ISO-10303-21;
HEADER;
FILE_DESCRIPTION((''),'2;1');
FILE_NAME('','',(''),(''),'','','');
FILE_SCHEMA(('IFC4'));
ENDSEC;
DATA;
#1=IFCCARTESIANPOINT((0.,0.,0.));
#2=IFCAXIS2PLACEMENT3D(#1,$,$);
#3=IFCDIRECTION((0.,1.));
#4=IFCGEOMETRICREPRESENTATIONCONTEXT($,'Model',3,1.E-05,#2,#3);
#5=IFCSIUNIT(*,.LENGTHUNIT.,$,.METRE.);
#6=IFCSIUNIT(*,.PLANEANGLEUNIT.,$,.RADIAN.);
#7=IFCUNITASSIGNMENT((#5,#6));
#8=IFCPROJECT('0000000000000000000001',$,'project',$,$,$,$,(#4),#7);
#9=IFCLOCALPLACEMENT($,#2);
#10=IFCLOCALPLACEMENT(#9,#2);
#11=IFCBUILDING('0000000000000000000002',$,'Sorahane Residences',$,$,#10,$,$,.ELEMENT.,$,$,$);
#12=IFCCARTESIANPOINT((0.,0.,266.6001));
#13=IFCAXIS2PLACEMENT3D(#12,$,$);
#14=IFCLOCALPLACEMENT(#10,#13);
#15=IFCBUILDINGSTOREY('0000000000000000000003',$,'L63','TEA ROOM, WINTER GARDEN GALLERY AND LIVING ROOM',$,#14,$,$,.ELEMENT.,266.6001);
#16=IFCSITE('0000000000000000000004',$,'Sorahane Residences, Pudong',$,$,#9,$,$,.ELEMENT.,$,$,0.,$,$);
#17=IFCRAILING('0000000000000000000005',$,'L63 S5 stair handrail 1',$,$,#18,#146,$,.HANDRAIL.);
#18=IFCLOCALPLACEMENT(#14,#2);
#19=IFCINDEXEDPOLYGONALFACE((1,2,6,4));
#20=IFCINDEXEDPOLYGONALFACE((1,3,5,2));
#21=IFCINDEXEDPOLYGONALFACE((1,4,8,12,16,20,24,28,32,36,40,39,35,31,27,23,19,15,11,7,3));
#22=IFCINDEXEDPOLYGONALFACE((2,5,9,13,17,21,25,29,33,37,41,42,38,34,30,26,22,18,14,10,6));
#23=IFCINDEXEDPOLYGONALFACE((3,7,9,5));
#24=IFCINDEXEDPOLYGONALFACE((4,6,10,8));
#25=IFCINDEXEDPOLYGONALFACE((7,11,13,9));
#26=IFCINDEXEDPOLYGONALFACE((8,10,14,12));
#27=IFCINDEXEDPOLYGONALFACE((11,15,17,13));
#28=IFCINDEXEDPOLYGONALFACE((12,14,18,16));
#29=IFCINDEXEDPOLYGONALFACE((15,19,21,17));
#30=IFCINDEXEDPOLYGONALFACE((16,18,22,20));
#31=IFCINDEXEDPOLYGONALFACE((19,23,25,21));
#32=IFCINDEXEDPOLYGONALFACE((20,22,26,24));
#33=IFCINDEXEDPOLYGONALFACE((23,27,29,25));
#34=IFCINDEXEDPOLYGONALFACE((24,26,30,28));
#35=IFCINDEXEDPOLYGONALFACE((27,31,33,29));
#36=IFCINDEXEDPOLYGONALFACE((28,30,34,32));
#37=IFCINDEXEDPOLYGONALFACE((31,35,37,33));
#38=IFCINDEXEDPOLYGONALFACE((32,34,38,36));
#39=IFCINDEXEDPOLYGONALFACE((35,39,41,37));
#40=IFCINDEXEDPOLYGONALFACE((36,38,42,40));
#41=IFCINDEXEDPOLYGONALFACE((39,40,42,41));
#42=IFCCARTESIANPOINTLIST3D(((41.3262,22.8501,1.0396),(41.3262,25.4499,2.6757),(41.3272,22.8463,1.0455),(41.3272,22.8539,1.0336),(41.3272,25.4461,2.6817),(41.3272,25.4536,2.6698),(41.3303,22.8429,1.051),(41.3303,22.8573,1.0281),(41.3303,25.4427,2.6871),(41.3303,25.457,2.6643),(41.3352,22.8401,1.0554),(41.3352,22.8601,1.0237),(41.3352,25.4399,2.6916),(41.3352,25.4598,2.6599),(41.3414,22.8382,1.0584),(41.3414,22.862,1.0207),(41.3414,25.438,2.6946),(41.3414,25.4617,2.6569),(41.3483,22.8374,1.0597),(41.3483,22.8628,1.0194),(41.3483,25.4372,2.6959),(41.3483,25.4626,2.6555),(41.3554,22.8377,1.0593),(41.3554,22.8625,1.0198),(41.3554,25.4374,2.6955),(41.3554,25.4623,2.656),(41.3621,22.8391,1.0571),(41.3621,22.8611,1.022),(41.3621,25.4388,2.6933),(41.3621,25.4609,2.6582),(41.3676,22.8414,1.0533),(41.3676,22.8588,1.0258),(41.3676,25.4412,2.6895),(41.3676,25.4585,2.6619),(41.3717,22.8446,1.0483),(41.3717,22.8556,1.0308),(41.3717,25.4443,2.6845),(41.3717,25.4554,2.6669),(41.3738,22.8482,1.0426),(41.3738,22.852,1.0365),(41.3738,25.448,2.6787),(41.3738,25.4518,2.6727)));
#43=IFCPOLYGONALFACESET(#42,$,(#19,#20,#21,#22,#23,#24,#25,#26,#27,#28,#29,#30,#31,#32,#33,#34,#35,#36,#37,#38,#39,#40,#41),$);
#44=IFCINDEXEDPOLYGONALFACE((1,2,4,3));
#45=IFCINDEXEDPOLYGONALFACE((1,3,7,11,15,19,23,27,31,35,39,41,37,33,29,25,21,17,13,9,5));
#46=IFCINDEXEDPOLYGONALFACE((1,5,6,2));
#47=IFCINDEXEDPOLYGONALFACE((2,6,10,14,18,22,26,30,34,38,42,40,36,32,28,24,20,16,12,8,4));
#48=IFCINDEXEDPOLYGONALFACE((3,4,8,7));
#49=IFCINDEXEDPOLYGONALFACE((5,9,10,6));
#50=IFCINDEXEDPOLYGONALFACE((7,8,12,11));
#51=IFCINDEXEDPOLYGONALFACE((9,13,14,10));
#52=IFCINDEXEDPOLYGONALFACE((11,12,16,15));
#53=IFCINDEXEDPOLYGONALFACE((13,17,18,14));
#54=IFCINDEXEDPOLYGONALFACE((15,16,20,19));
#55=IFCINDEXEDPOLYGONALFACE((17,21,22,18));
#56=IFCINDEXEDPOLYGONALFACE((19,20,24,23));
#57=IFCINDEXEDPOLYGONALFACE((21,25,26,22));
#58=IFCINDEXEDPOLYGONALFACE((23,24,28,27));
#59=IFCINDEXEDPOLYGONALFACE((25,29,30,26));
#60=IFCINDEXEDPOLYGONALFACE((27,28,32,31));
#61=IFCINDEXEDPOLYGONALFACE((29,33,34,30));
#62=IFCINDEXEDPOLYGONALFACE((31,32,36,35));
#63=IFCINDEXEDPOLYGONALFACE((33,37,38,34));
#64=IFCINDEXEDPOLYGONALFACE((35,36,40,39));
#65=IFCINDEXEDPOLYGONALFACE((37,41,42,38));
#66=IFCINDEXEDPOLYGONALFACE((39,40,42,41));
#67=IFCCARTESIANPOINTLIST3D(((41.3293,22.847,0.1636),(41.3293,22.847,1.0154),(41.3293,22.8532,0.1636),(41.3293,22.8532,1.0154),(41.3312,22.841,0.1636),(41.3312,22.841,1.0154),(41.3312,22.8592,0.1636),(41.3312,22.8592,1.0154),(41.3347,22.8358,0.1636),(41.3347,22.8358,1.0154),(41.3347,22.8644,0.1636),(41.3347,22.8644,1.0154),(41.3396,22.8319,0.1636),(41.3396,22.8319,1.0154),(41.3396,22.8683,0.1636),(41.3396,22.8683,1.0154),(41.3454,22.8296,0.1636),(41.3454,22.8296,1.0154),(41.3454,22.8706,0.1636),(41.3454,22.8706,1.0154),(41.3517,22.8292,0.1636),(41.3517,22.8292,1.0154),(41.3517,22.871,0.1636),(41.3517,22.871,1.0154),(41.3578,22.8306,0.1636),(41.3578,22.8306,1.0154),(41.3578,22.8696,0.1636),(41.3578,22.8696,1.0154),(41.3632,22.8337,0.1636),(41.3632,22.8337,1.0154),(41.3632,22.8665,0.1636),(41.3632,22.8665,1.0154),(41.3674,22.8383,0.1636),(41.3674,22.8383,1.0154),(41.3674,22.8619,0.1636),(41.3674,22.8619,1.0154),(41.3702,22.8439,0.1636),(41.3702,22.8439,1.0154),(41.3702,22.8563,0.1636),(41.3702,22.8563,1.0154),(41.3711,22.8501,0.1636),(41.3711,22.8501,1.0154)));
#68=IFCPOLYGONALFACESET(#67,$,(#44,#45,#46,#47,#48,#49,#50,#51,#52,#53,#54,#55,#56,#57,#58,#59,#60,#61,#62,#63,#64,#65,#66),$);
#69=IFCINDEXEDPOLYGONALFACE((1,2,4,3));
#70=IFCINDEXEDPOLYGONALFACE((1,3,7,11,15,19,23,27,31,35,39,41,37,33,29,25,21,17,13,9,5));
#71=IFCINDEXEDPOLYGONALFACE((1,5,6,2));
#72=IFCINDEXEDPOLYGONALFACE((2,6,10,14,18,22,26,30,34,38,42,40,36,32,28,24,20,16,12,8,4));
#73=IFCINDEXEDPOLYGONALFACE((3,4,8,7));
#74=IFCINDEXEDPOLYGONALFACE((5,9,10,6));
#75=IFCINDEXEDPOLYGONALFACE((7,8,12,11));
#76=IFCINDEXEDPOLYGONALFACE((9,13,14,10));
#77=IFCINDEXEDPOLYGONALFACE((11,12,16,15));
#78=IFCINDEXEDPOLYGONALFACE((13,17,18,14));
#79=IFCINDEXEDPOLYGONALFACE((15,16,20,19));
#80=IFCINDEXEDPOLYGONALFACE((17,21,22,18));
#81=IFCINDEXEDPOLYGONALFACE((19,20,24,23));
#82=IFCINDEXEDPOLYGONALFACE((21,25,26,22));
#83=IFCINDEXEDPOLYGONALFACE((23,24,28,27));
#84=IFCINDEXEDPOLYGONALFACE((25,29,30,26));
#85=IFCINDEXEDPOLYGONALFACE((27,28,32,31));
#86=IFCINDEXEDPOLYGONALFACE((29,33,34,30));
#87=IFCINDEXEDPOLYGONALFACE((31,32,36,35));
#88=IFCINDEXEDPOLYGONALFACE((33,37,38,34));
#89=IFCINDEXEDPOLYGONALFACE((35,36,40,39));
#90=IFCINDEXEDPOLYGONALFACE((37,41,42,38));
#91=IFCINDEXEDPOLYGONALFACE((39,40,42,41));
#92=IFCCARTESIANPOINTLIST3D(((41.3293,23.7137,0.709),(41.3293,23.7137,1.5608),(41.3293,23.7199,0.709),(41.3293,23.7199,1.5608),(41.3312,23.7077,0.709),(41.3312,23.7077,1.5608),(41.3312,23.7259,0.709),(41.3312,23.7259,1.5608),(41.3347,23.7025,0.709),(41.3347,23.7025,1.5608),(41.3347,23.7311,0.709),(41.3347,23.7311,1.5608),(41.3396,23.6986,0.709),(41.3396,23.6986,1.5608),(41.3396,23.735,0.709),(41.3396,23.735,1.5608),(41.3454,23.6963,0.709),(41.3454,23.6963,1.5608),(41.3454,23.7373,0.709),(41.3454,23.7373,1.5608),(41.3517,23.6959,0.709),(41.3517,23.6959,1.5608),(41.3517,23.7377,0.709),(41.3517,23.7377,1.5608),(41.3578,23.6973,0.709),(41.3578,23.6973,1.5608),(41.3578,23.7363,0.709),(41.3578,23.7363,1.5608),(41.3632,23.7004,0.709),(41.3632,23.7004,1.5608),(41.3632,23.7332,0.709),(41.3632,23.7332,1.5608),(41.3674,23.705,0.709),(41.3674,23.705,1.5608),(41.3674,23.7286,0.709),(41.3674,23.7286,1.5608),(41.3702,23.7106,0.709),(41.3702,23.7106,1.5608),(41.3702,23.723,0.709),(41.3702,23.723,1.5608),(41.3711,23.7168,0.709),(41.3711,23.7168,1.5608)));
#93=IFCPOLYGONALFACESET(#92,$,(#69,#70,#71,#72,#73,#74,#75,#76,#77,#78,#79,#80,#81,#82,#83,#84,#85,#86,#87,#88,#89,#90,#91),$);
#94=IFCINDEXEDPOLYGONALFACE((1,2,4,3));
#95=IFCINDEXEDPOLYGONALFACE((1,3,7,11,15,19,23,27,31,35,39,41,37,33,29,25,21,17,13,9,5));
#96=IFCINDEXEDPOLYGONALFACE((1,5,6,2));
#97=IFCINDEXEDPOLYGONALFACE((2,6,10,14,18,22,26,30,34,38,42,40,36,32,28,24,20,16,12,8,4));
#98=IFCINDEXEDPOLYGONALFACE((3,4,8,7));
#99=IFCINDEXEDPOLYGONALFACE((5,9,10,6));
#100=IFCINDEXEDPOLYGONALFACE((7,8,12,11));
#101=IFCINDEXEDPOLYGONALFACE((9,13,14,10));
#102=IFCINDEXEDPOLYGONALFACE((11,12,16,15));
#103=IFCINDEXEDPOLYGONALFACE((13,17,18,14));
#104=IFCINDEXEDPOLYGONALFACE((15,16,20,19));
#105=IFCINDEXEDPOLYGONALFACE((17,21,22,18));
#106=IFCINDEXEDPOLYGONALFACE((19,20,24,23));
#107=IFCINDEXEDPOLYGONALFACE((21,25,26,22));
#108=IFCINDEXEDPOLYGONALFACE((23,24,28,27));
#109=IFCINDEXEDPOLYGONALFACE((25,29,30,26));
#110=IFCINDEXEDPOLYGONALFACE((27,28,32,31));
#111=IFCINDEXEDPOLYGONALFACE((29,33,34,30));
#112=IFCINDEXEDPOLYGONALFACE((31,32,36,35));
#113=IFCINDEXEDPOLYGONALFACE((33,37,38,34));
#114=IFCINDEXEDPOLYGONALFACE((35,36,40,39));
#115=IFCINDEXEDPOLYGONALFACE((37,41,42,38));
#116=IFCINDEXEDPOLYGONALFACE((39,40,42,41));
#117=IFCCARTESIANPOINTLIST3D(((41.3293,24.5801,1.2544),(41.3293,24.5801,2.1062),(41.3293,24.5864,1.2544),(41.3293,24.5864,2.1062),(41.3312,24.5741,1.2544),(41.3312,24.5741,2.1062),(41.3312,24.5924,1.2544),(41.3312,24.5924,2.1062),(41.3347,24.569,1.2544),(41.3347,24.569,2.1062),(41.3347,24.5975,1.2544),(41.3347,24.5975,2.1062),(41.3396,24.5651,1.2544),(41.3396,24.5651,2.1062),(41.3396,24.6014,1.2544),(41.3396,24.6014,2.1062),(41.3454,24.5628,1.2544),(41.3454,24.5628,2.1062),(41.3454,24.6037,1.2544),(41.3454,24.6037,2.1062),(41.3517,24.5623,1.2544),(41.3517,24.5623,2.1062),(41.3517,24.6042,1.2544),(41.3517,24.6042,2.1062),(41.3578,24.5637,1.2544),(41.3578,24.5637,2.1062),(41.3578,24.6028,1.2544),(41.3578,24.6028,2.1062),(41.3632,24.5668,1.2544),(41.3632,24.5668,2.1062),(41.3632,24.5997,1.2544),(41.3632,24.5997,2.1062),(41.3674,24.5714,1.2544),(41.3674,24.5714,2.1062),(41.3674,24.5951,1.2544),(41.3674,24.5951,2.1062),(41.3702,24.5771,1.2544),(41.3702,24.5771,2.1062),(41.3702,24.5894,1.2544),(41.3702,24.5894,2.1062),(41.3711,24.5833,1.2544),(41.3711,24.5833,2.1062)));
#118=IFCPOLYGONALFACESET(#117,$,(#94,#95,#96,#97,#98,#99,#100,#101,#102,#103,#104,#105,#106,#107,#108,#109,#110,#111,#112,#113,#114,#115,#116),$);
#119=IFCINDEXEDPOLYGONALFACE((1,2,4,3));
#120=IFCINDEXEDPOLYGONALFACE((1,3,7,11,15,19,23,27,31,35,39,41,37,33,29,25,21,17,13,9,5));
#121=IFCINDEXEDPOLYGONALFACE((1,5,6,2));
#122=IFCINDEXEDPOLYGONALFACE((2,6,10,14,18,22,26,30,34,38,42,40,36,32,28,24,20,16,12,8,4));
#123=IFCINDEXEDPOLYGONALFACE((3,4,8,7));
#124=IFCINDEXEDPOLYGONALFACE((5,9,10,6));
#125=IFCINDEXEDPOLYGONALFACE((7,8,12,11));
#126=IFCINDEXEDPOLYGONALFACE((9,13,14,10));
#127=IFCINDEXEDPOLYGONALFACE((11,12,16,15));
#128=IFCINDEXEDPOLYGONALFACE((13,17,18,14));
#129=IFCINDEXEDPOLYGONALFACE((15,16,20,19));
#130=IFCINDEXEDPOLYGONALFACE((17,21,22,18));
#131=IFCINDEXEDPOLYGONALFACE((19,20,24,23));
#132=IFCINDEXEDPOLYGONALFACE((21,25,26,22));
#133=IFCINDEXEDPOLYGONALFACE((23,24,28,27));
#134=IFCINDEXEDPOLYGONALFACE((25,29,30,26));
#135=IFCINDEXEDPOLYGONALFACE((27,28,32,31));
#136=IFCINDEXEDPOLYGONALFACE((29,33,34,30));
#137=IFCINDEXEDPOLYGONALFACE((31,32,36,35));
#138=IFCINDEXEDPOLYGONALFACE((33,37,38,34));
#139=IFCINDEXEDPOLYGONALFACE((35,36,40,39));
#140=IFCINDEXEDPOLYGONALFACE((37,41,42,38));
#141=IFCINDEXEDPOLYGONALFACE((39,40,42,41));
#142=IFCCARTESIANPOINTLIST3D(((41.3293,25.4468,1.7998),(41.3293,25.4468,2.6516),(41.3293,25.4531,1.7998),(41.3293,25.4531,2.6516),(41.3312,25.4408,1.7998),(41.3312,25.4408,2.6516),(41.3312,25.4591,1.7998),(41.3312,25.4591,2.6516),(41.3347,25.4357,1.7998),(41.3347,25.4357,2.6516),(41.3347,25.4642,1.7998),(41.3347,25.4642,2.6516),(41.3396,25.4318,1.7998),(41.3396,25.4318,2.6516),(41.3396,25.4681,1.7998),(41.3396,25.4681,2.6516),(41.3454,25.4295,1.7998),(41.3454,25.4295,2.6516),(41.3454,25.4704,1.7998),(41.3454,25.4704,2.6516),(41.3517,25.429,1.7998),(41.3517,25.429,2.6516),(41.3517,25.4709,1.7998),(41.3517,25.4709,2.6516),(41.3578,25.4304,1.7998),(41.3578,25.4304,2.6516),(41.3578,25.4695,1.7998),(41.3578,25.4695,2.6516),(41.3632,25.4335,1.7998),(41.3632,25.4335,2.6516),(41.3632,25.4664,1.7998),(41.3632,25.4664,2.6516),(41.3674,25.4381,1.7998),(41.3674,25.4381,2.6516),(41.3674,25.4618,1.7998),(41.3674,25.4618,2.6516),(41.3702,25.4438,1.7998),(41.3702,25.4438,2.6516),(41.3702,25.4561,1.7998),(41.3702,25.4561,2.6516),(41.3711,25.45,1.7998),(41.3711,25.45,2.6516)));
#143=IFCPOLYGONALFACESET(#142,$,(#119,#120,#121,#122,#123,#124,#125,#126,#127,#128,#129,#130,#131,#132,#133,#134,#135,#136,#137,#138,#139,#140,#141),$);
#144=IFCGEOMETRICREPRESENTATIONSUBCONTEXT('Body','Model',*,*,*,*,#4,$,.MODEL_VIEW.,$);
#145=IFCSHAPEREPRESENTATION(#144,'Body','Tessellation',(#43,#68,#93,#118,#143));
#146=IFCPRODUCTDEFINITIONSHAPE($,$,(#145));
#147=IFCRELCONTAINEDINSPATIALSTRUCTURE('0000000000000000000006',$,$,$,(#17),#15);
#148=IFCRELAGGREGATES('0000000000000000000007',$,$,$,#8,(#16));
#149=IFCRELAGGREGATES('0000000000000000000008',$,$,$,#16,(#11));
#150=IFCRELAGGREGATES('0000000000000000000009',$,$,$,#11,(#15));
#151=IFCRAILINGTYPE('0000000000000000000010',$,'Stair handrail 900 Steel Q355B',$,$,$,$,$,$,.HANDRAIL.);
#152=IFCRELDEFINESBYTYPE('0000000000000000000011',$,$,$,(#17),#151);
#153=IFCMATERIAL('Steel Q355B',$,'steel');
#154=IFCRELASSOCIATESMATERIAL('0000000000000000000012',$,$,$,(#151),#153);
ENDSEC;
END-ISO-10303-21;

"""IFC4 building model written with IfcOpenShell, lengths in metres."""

from ifc_helpers import new_model, si_unit, direction, frame, origin, origin_2d, place, context, subcontext, project, spatial, circle, extrude, material, type_object, element, save


model = new_model("IFC4")

# Units and contexts
model_context = context("Model", 3, precision=1e-05, world=origin(), true_north=direction((0.0, 1.0)))
body_context = subcontext(model_context, "Body", "Model", "MODEL_VIEW")
ifc_project = project(units=[si_unit("LENGTHUNIT", "METRE"), si_unit("PLANEANGLEUNIT", "RADIAN")], contexts=[model_context])

# Site, building, storey
site_placement = place(None, origin())
site = spatial("IfcSite", under=ifc_project, at=site_placement, Name="Sorahane Residences, Pudong", CompositionType="ELEMENT", RefElevation=0.0)
building_placement = place(site_placement, origin())
building = spatial("IfcBuilding", under=site, at=building_placement, Name="Sorahane Residences", CompositionType="ELEMENT")
storey_placement = place(building_placement, frame((0.0, 0.0, 266.6001)))
storey = spatial("IfcBuildingStorey", under=building, at=storey_placement, Name="L63", Description="TEA ROOM, WINTER GARDEN GALLERY AND LIVING ROOM", CompositionType="ELEMENT", Elevation=266.6001)

# Railing
ifc_material_1 = material(Name="Steel Q355B", Category="steel")
railing_type_1 = type_object("IfcRailingType", Name="Stair handrail 900 Steel Q355B", PredefinedType="HANDRAIL", material=ifc_material_1)
railing_1_placement = place(storey_placement, frame((41.3501, 22.8501, 0.1636)))
element("IfcRailing", 1, at=railing_1_placement, inside=storey, type_object=railing_type_1, Name="L63 S5 stair handrail 1", PredefinedType="HANDRAIL", context=body_context, shape_type="SweptSolid", body=[
    extrude(circle(Radius=0.0239, at=origin_2d()), frame((0.0, 0.0, 0.876), z_axis=(0.0, 0.846338, 0.532647), x_axis=(-1.0, 0.0, 0.0)), (0.0, 0.0, 1.0), 3.0718),
    extrude(circle(Radius=0.021, at=origin_2d()), origin(), (0.0, 0.0, 1.0), 0.8518),
    extrude(circle(Radius=0.021, at=origin_2d()), frame((0.0, 0.8667, 0.5454)), (0.0, 0.0, 1.0), 0.8518),
    extrude(circle(Radius=0.021, at=origin_2d()), frame((0.0, 1.7332, 1.0908)), (0.0, 0.0, 1.0), 0.8518),
    extrude(circle(Radius=0.021, at=origin_2d()), frame((0.0, 2.5999, 1.6362)), (0.0, 0.0, 1.0), 0.8518),
])

save(model, "model.ifc")
